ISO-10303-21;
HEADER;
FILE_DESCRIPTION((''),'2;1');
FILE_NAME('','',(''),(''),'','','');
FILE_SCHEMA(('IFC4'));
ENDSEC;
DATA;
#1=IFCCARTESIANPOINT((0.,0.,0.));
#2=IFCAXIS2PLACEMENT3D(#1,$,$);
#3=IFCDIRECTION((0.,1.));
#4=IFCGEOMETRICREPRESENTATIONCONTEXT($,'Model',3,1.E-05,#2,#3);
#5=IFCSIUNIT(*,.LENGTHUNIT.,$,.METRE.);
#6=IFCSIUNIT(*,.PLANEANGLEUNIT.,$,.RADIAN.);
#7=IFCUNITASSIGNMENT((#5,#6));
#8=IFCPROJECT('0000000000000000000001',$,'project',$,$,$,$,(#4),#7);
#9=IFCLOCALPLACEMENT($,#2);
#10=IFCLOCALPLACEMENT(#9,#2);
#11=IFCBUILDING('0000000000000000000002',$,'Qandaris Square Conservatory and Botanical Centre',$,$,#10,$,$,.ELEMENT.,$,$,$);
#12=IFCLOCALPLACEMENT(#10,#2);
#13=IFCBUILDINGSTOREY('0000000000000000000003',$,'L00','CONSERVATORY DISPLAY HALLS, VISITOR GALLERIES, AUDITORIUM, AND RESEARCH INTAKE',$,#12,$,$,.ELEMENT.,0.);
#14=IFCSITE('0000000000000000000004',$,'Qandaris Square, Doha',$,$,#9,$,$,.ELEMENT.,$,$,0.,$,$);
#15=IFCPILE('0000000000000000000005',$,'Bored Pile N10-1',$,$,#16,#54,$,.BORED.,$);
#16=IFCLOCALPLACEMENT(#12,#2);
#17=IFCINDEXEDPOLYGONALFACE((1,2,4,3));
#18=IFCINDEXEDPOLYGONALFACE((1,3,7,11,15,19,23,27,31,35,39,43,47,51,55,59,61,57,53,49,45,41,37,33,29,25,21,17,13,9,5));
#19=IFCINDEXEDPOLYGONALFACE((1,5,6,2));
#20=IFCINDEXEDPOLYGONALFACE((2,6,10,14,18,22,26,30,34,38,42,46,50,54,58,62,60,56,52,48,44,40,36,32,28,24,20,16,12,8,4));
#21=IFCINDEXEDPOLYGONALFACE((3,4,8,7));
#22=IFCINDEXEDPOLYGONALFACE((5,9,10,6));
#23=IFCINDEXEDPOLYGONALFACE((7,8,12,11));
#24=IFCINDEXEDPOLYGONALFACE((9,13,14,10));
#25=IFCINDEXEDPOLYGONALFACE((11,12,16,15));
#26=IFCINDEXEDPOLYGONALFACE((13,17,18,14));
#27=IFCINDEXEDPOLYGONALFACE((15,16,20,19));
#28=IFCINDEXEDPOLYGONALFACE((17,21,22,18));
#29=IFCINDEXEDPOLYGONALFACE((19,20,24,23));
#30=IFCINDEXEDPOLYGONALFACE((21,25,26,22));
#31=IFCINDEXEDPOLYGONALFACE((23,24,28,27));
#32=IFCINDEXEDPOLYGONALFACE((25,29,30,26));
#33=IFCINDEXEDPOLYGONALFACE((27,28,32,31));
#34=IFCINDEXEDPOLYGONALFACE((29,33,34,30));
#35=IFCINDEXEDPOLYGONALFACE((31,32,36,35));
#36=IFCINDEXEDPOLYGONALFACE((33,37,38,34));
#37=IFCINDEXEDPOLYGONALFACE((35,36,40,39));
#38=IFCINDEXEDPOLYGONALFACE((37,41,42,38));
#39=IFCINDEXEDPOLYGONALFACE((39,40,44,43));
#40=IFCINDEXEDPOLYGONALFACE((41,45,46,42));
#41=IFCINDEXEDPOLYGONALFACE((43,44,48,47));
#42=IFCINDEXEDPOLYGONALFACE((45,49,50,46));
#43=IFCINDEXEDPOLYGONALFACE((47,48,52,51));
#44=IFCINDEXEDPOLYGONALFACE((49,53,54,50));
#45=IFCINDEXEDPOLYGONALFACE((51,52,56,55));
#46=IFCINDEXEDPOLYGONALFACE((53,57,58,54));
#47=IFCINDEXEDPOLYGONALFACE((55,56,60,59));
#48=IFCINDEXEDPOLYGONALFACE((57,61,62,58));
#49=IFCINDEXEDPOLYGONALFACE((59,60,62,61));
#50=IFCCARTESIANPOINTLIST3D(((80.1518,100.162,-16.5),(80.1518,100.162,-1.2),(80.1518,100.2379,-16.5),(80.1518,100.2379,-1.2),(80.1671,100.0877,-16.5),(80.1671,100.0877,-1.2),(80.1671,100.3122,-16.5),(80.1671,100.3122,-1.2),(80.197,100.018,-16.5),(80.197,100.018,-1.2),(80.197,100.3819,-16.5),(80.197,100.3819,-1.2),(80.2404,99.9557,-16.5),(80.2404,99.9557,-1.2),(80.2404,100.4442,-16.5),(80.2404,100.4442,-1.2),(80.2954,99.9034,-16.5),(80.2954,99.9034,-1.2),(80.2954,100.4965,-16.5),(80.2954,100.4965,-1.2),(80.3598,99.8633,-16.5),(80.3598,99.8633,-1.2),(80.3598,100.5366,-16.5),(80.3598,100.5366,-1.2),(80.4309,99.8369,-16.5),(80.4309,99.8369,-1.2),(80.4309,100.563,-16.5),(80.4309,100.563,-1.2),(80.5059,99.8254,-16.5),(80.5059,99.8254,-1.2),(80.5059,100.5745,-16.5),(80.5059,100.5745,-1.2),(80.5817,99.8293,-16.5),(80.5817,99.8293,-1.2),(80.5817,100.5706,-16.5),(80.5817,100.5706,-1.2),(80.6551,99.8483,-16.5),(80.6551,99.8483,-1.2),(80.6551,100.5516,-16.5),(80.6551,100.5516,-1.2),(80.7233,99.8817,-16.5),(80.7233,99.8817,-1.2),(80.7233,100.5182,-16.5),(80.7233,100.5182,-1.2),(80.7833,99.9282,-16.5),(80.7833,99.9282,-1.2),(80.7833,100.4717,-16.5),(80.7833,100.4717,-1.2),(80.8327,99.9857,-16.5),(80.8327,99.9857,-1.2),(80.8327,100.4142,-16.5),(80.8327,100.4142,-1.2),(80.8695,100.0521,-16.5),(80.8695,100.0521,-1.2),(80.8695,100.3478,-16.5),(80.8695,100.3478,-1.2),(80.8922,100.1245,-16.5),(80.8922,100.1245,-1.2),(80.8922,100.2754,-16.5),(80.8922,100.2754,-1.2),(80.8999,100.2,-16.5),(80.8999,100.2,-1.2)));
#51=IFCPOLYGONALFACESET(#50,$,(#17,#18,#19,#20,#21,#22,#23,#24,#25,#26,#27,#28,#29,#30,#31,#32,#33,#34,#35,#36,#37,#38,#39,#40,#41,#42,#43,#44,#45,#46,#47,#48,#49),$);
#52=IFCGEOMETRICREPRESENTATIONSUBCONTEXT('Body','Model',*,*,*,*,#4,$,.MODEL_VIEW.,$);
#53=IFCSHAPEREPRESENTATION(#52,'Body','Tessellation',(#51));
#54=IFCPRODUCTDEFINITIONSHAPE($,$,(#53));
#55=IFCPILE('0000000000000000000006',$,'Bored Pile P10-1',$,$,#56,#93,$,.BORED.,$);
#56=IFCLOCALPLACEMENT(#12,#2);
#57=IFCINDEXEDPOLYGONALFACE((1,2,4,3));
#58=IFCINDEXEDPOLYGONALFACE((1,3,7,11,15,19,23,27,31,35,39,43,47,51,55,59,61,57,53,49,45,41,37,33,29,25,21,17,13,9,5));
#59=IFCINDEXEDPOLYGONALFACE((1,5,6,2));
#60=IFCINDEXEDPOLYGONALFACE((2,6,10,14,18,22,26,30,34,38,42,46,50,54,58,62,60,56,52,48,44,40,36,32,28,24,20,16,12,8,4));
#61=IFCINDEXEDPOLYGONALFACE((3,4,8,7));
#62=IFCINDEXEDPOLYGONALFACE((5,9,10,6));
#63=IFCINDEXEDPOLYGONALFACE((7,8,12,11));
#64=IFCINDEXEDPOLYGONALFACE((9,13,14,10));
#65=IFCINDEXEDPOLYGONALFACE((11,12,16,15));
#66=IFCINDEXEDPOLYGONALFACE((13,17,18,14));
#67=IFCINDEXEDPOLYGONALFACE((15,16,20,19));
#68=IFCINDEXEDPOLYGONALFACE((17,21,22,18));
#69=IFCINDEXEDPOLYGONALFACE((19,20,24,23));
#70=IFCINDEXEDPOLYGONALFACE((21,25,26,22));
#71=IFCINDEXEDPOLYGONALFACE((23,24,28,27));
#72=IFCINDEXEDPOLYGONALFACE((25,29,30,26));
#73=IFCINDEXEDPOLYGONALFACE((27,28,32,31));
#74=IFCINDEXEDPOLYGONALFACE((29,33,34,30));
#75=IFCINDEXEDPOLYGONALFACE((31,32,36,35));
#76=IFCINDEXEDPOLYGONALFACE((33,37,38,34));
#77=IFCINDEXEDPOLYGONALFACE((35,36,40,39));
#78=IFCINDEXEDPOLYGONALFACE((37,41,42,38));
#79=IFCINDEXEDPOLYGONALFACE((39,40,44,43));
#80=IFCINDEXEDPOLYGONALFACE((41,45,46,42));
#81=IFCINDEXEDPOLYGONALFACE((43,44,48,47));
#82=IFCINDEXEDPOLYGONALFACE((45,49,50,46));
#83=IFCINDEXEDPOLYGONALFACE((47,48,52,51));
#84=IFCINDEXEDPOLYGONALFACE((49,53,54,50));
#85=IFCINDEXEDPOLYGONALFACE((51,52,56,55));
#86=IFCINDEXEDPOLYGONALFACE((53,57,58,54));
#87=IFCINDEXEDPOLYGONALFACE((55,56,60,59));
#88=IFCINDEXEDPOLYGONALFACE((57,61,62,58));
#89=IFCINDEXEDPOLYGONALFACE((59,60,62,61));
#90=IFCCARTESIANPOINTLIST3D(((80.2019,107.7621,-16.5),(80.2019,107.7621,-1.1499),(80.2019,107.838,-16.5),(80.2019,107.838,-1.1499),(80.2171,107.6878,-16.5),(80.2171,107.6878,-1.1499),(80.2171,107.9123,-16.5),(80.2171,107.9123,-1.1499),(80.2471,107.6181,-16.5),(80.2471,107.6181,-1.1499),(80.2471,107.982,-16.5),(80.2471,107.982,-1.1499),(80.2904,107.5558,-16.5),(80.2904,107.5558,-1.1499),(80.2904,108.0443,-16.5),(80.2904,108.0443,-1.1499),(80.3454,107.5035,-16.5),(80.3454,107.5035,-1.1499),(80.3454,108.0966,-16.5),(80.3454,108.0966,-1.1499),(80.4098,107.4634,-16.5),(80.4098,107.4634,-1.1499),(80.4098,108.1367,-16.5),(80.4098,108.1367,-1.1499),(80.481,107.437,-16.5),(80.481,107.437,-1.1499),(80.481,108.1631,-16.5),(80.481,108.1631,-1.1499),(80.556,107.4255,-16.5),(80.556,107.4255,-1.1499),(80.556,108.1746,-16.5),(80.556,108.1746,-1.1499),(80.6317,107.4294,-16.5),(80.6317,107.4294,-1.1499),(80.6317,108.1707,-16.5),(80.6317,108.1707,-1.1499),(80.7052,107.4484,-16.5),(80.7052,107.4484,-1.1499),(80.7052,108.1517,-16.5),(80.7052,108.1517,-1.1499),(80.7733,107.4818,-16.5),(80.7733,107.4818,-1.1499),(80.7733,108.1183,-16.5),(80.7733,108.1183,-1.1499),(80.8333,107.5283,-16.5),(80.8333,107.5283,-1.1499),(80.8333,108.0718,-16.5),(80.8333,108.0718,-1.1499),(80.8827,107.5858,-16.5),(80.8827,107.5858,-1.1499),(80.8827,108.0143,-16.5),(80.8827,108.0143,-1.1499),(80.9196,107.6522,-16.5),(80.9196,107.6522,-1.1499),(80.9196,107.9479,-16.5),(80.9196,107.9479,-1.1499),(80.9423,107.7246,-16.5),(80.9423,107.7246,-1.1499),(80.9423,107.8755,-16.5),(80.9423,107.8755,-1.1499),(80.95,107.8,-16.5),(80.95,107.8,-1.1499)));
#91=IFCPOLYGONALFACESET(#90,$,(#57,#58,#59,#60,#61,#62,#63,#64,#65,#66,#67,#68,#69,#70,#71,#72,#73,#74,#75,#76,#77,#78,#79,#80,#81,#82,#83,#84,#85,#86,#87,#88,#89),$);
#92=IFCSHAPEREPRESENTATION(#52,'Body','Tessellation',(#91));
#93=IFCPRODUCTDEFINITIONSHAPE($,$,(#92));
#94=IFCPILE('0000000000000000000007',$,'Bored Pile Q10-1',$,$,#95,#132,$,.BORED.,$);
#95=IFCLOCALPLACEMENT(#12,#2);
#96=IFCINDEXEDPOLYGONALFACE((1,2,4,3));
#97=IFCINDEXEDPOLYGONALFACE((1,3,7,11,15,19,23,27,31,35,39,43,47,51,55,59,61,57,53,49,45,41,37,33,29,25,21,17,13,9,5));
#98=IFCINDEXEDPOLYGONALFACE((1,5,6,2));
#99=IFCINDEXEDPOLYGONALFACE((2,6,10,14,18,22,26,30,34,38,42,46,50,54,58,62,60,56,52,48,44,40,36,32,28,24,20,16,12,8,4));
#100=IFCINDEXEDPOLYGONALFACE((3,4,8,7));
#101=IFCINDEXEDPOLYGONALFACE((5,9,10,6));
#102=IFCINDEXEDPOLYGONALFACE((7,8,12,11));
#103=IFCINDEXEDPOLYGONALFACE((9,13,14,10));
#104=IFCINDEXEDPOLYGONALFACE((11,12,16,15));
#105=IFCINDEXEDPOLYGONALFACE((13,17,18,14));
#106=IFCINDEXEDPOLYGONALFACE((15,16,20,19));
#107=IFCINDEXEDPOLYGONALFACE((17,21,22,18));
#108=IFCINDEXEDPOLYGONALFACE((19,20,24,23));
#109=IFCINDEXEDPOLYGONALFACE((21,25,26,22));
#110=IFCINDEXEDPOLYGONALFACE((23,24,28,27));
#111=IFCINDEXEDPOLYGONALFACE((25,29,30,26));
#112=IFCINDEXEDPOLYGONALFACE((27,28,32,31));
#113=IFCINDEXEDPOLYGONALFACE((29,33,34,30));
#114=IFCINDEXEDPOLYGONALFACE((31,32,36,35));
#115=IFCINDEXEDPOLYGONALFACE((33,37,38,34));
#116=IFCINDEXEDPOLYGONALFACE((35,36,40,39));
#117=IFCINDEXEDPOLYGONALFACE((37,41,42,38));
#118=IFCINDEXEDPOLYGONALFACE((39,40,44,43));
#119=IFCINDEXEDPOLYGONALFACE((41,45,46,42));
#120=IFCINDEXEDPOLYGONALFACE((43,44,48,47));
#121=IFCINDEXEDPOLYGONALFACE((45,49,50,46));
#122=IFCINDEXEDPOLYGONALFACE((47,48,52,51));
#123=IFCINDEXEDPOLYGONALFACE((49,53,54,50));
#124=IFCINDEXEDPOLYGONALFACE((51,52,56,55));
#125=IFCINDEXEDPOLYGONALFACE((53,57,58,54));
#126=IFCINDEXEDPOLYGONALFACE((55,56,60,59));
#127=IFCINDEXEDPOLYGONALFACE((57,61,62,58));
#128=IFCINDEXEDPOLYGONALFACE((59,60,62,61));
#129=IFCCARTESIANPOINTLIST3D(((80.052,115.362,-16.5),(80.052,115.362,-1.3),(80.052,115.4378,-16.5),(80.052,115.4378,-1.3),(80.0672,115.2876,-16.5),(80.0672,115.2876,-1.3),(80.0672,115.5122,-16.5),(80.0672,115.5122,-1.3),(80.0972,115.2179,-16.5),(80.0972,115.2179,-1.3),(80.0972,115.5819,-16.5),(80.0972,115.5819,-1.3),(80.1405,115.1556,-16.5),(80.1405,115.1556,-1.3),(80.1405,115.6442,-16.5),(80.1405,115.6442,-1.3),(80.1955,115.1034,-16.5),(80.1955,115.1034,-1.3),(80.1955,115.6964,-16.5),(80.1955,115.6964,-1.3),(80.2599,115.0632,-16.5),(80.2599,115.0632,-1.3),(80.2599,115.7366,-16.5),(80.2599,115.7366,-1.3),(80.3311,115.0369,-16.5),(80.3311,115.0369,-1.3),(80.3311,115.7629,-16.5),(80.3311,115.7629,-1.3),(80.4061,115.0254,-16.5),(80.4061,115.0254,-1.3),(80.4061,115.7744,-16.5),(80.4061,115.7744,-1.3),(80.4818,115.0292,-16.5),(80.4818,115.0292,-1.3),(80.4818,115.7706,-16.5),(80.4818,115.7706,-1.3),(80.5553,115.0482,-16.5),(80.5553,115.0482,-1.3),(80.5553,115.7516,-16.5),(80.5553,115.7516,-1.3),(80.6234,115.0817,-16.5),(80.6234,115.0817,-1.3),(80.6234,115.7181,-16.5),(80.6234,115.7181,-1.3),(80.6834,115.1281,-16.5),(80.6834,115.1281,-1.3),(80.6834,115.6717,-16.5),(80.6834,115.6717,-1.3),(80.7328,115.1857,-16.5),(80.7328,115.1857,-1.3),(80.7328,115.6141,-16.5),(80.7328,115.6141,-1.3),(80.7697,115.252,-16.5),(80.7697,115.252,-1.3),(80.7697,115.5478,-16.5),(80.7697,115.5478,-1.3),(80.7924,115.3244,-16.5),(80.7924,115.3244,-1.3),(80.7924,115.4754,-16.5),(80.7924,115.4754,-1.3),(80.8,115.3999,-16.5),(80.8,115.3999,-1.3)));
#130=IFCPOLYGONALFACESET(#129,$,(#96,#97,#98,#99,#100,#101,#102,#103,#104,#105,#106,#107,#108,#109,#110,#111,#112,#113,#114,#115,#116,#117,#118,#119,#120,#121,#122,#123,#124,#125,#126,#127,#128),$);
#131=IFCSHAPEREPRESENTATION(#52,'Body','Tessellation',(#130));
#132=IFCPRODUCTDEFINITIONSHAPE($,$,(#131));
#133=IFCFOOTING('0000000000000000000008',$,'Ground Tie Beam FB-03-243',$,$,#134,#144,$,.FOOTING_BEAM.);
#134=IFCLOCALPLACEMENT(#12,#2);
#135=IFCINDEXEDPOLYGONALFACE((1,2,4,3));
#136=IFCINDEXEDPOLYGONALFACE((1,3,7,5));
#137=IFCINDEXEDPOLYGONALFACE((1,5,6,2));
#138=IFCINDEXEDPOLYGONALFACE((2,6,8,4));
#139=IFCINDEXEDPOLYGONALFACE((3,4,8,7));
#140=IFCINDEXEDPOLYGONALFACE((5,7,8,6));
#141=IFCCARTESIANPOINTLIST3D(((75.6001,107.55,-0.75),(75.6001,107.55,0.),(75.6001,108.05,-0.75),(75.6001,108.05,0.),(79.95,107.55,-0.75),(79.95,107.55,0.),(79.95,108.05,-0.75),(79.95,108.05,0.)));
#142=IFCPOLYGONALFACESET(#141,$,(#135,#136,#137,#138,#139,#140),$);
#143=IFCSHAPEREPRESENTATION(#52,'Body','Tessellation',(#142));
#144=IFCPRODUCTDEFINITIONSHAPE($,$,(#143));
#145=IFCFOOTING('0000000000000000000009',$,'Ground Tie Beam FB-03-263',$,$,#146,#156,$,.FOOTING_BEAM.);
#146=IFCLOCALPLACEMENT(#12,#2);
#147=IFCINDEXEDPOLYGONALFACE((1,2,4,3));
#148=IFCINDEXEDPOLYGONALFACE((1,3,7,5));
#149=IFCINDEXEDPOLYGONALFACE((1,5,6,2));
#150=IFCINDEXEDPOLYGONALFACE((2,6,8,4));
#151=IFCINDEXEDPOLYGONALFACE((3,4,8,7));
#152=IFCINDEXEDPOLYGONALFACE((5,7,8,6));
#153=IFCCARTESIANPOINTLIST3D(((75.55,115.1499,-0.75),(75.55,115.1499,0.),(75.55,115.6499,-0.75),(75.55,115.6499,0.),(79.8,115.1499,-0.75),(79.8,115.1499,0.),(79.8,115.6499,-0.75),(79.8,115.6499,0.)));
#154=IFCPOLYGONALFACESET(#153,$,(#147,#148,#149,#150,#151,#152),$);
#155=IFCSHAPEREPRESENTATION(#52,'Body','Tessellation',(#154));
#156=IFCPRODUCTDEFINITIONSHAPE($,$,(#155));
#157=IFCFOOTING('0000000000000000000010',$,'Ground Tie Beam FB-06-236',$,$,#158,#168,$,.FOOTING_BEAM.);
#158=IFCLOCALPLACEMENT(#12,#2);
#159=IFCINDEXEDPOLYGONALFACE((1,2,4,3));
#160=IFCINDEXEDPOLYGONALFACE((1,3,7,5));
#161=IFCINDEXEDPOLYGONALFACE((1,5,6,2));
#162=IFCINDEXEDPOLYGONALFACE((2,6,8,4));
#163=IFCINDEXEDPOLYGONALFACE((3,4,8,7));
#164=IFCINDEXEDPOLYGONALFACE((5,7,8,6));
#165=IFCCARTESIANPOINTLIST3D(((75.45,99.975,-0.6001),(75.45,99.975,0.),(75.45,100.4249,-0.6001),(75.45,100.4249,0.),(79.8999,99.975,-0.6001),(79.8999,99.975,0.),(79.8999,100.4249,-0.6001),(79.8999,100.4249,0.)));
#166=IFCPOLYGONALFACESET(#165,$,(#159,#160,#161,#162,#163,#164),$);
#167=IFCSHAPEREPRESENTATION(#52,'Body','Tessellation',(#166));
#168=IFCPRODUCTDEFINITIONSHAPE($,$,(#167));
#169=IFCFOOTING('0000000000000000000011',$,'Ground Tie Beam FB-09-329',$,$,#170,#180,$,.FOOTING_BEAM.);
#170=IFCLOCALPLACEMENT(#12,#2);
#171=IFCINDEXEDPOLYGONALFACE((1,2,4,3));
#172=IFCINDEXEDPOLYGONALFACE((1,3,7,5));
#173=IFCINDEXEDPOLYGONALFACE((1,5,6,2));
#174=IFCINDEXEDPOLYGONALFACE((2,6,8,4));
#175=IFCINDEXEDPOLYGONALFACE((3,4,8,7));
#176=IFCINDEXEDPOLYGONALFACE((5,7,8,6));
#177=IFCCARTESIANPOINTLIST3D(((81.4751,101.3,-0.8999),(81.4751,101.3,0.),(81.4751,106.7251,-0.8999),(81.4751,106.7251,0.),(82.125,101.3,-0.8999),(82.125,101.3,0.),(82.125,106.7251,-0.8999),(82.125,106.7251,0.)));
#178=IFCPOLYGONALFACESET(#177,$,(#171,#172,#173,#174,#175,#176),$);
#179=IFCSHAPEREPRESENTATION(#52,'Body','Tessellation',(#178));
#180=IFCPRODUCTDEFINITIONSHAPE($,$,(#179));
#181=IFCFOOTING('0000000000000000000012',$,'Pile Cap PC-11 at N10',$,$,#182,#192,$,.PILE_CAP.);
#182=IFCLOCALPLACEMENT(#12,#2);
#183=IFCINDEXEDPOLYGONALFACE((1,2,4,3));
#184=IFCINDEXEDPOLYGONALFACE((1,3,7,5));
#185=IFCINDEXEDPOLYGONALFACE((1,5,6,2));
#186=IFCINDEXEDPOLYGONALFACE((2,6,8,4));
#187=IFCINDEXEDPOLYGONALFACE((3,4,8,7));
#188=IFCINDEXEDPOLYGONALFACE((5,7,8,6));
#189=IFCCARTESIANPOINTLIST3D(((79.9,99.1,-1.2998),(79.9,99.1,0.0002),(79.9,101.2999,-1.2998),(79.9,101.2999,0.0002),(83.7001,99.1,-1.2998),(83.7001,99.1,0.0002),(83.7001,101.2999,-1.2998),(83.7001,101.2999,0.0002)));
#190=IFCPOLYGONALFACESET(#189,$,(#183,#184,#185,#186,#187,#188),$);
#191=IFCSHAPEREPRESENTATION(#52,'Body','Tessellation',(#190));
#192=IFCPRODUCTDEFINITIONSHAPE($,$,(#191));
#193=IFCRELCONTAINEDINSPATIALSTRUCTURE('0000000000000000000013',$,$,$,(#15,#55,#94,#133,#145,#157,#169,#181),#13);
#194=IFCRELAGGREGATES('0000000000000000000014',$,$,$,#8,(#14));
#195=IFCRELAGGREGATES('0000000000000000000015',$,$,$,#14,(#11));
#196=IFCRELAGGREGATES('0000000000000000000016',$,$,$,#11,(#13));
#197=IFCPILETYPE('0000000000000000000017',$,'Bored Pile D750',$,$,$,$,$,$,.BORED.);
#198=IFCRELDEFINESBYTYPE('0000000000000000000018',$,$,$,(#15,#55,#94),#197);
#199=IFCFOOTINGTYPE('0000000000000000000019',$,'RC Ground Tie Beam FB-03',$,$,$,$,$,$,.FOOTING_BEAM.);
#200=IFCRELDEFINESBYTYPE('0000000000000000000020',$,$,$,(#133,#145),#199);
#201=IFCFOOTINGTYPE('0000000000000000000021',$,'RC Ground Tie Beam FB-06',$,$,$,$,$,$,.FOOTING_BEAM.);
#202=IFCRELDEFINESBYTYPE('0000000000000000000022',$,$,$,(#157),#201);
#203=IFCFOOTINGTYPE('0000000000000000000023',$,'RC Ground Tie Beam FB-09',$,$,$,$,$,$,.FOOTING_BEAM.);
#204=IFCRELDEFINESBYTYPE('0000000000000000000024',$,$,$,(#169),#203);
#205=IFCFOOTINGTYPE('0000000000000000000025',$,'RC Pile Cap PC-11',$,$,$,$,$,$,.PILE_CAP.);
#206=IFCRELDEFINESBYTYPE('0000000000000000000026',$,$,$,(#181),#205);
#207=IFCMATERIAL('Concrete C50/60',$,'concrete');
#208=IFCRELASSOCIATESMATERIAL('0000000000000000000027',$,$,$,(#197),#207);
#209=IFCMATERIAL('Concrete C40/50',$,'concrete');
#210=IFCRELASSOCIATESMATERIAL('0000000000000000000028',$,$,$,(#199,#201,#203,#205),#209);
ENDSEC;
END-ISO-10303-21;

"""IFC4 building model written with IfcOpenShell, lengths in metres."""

from ifc_helpers import new_model, si_unit, direction, frame, origin, origin_2d, place, context, subcontext, project, spatial, rectangle, circle, extrude, material, material_profile, profile_set, type_object, element, save


model = new_model("IFC4")

# Units and contexts
model_context = context("Model", 3, precision=1e-05, world=origin(), true_north=direction((0.0, 1.0)))
body_context = subcontext(model_context, "Body", "Model", "MODEL_VIEW")
ifc_project = project(units=[si_unit("LENGTHUNIT", "METRE"), si_unit("PLANEANGLEUNIT", "RADIAN")], contexts=[model_context])

# Site, building, storey
site_placement = place(None, origin())
site = spatial("IfcSite", under=ifc_project, at=site_placement, Name="Qandaris Square, Doha", CompositionType="ELEMENT", RefElevation=0.0)
building_placement = place(site_placement, origin())
building = spatial("IfcBuilding", under=site, at=building_placement, Name="Qandaris Square Conservatory and Botanical Centre", CompositionType="ELEMENT")
storey_placement = place(building_placement, origin())
storey = spatial("IfcBuildingStorey", under=building, at=storey_placement, Name="L00", Description="CONSERVATORY DISPLAY HALLS, VISITOR GALLERIES, AUDITORIUM, AND RESEARCH INTAKE", CompositionType="ELEMENT", Elevation=0.0)

# Piles
ifc_material_1 = material(Name="Concrete C50/60", Category="concrete")
ifc_material_profile_1 = material_profile(ifc_material_1, circle(Radius=0.375, at=origin_2d()), Name="PILE D750")
ifc_profile_set_1 = profile_set([ifc_material_profile_1], Name="Concrete C50/60")
pile_type = type_object("IfcPileType", Name="Bored Pile D750", PredefinedType="BORED", material=ifc_profile_set_1)
pile_1_placement = place(storey_placement, frame((80.5249, 100.2, -1.2), z_axis=(0.0, 0.0, -1.0), x_axis=(1.0, 0.0, 0.0)))
element("IfcPile", 1, at=pile_1_placement, inside=storey, type_object=pile_type, Name="Bored Pile N10-1", PredefinedType="BORED", context=body_context, shape_type="SweptSolid", body=[
    extrude(circle(Radius=0.375, at=origin_2d()), origin(), (0.0, 0.0, 1.0), 15.3),
])
pile_2_placement = place(storey_placement, frame((80.575, 107.8, -1.1499), z_axis=(0.0, 0.0, -1.0), x_axis=(1.0, 0.0, 0.0)))
element("IfcPile", 2, at=pile_2_placement, inside=storey, type_object=pile_type, Name="Bored Pile P10-1", PredefinedType="BORED", context=body_context, shape_type="SweptSolid", body=[
    extrude(circle(Radius=0.375, at=origin_2d()), origin(), (0.0, 0.0, 1.0), 15.3501),
])
pile_3_placement = place(storey_placement, frame((80.425, 115.3999, -1.3), z_axis=(0.0, 0.0, -1.0), x_axis=(1.0, 0.0, 0.0)))
element("IfcPile", 3, at=pile_3_placement, inside=storey, type_object=pile_type, Name="Bored Pile Q10-1", PredefinedType="BORED", context=body_context, shape_type="SweptSolid", body=[
    extrude(circle(Radius=0.375, at=origin_2d()), origin(), (0.0, 0.0, 1.0), 15.2),
])

# Footings
ifc_material_2 = material(Name="Concrete C40/50", Category="concrete")
ifc_material_profile_2 = material_profile(ifc_material_2, rectangle(XDim=0.5, YDim=0.75, at=origin_2d()), Name="FB 500x750")
ifc_profile_set_2 = profile_set([ifc_material_profile_2], Name="Concrete C40/50")
footing_type_1 = type_object("IfcFootingType", Name="RC Ground Tie Beam FB-03", PredefinedType="FOOTING_BEAM", material=ifc_profile_set_2)
footing_1_placement = place(storey_placement, frame((75.6001, 107.8, -0.375), z_axis=(1.0, 0.0, 0.0), x_axis=(0.0, 1.0, 0.0)))
element("IfcFooting", 4, at=footing_1_placement, inside=storey, type_object=footing_type_1, Name="Ground Tie Beam FB-03-243", PredefinedType="FOOTING_BEAM", context=body_context, shape_type="SweptSolid", body=[
    extrude(rectangle(XDim=0.5, YDim=0.75, at=origin_2d()), origin(), (0.0, 0.0, 1.0), 4.3499),
])
footing_2_placement = place(storey_placement, frame((75.55, 115.3999, -0.375), z_axis=(1.0, 0.0, 0.0), x_axis=(0.0, 1.0, 0.0)))
element("IfcFooting", 5, at=footing_2_placement, inside=storey, type_object=footing_type_1, Name="Ground Tie Beam FB-03-263", PredefinedType="FOOTING_BEAM", context=body_context, shape_type="SweptSolid", body=[
    extrude(rectangle(XDim=0.5, YDim=0.75, at=origin_2d()), origin(), (0.0, 0.0, 1.0), 4.25),
])
ifc_material_profile_3 = material_profile(ifc_material_2, rectangle(XDim=0.45, YDim=0.6001, at=origin_2d()), Name="FB 450x600")
ifc_profile_set_3 = profile_set([ifc_material_profile_3], Name="Concrete C40/50")
footing_type_2 = type_object("IfcFootingType", Name="RC Ground Tie Beam FB-06", PredefinedType="FOOTING_BEAM", material=ifc_profile_set_3)
footing_3_placement = place(storey_placement, frame((75.45, 100.2, -0.3), z_axis=(1.0, 0.0, 0.0), x_axis=(0.0, 1.0, 0.0)))
element("IfcFooting", 6, at=footing_3_placement, inside=storey, type_object=footing_type_2, Name="Ground Tie Beam FB-06-236", PredefinedType="FOOTING_BEAM", context=body_context, shape_type="SweptSolid", body=[
    extrude(rectangle(XDim=0.45, YDim=0.6001, at=origin_2d()), origin(), (0.0, 0.0, 1.0), 4.45),
])
ifc_material_profile_4 = material_profile(ifc_material_2, rectangle(XDim=0.6499, YDim=0.8999, at=origin_2d()), Name="FB 650x900")
ifc_profile_set_4 = profile_set([ifc_material_profile_4], Name="Concrete C40/50")
footing_type_3 = type_object("IfcFootingType", Name="RC Ground Tie Beam FB-09", PredefinedType="FOOTING_BEAM", material=ifc_profile_set_4)
footing_4_placement = place(storey_placement, frame((81.8, 101.3, -0.45), z_axis=(0.0, 1.0, 0.0), x_axis=(-1.0, 0.0, 0.0)))
element("IfcFooting", 7, at=footing_4_placement, inside=storey, type_object=footing_type_3, Name="Ground Tie Beam FB-09-329", PredefinedType="FOOTING_BEAM", context=body_context, shape_type="SweptSolid", body=[
    extrude(rectangle(XDim=0.6499, YDim=0.8999, at=origin_2d()), origin(), (0.0, 0.0, 1.0), 5.425),
])
footing_type_4 = type_object("IfcFootingType", Name="RC Pile Cap PC-11", PredefinedType="PILE_CAP", material=ifc_material_2)
footing_5_placement = place(storey_placement, frame((81.8, 100.2, -1.2998), z_axis=(0.0, 0.0, 1.0), x_axis=(1.0, 0.0, 0.0)))
element("IfcFooting", 8, at=footing_5_placement, inside=storey, type_object=footing_type_4, Name="Pile Cap PC-11 at N10", PredefinedType="PILE_CAP", context=body_context, shape_type="SweptSolid", body=[
    extrude(rectangle(XDim=3.8, YDim=2.2, at=origin_2d()), origin(), (0.0, 0.0, 1.0), 1.3),
])

save(model, "model.ifc")
